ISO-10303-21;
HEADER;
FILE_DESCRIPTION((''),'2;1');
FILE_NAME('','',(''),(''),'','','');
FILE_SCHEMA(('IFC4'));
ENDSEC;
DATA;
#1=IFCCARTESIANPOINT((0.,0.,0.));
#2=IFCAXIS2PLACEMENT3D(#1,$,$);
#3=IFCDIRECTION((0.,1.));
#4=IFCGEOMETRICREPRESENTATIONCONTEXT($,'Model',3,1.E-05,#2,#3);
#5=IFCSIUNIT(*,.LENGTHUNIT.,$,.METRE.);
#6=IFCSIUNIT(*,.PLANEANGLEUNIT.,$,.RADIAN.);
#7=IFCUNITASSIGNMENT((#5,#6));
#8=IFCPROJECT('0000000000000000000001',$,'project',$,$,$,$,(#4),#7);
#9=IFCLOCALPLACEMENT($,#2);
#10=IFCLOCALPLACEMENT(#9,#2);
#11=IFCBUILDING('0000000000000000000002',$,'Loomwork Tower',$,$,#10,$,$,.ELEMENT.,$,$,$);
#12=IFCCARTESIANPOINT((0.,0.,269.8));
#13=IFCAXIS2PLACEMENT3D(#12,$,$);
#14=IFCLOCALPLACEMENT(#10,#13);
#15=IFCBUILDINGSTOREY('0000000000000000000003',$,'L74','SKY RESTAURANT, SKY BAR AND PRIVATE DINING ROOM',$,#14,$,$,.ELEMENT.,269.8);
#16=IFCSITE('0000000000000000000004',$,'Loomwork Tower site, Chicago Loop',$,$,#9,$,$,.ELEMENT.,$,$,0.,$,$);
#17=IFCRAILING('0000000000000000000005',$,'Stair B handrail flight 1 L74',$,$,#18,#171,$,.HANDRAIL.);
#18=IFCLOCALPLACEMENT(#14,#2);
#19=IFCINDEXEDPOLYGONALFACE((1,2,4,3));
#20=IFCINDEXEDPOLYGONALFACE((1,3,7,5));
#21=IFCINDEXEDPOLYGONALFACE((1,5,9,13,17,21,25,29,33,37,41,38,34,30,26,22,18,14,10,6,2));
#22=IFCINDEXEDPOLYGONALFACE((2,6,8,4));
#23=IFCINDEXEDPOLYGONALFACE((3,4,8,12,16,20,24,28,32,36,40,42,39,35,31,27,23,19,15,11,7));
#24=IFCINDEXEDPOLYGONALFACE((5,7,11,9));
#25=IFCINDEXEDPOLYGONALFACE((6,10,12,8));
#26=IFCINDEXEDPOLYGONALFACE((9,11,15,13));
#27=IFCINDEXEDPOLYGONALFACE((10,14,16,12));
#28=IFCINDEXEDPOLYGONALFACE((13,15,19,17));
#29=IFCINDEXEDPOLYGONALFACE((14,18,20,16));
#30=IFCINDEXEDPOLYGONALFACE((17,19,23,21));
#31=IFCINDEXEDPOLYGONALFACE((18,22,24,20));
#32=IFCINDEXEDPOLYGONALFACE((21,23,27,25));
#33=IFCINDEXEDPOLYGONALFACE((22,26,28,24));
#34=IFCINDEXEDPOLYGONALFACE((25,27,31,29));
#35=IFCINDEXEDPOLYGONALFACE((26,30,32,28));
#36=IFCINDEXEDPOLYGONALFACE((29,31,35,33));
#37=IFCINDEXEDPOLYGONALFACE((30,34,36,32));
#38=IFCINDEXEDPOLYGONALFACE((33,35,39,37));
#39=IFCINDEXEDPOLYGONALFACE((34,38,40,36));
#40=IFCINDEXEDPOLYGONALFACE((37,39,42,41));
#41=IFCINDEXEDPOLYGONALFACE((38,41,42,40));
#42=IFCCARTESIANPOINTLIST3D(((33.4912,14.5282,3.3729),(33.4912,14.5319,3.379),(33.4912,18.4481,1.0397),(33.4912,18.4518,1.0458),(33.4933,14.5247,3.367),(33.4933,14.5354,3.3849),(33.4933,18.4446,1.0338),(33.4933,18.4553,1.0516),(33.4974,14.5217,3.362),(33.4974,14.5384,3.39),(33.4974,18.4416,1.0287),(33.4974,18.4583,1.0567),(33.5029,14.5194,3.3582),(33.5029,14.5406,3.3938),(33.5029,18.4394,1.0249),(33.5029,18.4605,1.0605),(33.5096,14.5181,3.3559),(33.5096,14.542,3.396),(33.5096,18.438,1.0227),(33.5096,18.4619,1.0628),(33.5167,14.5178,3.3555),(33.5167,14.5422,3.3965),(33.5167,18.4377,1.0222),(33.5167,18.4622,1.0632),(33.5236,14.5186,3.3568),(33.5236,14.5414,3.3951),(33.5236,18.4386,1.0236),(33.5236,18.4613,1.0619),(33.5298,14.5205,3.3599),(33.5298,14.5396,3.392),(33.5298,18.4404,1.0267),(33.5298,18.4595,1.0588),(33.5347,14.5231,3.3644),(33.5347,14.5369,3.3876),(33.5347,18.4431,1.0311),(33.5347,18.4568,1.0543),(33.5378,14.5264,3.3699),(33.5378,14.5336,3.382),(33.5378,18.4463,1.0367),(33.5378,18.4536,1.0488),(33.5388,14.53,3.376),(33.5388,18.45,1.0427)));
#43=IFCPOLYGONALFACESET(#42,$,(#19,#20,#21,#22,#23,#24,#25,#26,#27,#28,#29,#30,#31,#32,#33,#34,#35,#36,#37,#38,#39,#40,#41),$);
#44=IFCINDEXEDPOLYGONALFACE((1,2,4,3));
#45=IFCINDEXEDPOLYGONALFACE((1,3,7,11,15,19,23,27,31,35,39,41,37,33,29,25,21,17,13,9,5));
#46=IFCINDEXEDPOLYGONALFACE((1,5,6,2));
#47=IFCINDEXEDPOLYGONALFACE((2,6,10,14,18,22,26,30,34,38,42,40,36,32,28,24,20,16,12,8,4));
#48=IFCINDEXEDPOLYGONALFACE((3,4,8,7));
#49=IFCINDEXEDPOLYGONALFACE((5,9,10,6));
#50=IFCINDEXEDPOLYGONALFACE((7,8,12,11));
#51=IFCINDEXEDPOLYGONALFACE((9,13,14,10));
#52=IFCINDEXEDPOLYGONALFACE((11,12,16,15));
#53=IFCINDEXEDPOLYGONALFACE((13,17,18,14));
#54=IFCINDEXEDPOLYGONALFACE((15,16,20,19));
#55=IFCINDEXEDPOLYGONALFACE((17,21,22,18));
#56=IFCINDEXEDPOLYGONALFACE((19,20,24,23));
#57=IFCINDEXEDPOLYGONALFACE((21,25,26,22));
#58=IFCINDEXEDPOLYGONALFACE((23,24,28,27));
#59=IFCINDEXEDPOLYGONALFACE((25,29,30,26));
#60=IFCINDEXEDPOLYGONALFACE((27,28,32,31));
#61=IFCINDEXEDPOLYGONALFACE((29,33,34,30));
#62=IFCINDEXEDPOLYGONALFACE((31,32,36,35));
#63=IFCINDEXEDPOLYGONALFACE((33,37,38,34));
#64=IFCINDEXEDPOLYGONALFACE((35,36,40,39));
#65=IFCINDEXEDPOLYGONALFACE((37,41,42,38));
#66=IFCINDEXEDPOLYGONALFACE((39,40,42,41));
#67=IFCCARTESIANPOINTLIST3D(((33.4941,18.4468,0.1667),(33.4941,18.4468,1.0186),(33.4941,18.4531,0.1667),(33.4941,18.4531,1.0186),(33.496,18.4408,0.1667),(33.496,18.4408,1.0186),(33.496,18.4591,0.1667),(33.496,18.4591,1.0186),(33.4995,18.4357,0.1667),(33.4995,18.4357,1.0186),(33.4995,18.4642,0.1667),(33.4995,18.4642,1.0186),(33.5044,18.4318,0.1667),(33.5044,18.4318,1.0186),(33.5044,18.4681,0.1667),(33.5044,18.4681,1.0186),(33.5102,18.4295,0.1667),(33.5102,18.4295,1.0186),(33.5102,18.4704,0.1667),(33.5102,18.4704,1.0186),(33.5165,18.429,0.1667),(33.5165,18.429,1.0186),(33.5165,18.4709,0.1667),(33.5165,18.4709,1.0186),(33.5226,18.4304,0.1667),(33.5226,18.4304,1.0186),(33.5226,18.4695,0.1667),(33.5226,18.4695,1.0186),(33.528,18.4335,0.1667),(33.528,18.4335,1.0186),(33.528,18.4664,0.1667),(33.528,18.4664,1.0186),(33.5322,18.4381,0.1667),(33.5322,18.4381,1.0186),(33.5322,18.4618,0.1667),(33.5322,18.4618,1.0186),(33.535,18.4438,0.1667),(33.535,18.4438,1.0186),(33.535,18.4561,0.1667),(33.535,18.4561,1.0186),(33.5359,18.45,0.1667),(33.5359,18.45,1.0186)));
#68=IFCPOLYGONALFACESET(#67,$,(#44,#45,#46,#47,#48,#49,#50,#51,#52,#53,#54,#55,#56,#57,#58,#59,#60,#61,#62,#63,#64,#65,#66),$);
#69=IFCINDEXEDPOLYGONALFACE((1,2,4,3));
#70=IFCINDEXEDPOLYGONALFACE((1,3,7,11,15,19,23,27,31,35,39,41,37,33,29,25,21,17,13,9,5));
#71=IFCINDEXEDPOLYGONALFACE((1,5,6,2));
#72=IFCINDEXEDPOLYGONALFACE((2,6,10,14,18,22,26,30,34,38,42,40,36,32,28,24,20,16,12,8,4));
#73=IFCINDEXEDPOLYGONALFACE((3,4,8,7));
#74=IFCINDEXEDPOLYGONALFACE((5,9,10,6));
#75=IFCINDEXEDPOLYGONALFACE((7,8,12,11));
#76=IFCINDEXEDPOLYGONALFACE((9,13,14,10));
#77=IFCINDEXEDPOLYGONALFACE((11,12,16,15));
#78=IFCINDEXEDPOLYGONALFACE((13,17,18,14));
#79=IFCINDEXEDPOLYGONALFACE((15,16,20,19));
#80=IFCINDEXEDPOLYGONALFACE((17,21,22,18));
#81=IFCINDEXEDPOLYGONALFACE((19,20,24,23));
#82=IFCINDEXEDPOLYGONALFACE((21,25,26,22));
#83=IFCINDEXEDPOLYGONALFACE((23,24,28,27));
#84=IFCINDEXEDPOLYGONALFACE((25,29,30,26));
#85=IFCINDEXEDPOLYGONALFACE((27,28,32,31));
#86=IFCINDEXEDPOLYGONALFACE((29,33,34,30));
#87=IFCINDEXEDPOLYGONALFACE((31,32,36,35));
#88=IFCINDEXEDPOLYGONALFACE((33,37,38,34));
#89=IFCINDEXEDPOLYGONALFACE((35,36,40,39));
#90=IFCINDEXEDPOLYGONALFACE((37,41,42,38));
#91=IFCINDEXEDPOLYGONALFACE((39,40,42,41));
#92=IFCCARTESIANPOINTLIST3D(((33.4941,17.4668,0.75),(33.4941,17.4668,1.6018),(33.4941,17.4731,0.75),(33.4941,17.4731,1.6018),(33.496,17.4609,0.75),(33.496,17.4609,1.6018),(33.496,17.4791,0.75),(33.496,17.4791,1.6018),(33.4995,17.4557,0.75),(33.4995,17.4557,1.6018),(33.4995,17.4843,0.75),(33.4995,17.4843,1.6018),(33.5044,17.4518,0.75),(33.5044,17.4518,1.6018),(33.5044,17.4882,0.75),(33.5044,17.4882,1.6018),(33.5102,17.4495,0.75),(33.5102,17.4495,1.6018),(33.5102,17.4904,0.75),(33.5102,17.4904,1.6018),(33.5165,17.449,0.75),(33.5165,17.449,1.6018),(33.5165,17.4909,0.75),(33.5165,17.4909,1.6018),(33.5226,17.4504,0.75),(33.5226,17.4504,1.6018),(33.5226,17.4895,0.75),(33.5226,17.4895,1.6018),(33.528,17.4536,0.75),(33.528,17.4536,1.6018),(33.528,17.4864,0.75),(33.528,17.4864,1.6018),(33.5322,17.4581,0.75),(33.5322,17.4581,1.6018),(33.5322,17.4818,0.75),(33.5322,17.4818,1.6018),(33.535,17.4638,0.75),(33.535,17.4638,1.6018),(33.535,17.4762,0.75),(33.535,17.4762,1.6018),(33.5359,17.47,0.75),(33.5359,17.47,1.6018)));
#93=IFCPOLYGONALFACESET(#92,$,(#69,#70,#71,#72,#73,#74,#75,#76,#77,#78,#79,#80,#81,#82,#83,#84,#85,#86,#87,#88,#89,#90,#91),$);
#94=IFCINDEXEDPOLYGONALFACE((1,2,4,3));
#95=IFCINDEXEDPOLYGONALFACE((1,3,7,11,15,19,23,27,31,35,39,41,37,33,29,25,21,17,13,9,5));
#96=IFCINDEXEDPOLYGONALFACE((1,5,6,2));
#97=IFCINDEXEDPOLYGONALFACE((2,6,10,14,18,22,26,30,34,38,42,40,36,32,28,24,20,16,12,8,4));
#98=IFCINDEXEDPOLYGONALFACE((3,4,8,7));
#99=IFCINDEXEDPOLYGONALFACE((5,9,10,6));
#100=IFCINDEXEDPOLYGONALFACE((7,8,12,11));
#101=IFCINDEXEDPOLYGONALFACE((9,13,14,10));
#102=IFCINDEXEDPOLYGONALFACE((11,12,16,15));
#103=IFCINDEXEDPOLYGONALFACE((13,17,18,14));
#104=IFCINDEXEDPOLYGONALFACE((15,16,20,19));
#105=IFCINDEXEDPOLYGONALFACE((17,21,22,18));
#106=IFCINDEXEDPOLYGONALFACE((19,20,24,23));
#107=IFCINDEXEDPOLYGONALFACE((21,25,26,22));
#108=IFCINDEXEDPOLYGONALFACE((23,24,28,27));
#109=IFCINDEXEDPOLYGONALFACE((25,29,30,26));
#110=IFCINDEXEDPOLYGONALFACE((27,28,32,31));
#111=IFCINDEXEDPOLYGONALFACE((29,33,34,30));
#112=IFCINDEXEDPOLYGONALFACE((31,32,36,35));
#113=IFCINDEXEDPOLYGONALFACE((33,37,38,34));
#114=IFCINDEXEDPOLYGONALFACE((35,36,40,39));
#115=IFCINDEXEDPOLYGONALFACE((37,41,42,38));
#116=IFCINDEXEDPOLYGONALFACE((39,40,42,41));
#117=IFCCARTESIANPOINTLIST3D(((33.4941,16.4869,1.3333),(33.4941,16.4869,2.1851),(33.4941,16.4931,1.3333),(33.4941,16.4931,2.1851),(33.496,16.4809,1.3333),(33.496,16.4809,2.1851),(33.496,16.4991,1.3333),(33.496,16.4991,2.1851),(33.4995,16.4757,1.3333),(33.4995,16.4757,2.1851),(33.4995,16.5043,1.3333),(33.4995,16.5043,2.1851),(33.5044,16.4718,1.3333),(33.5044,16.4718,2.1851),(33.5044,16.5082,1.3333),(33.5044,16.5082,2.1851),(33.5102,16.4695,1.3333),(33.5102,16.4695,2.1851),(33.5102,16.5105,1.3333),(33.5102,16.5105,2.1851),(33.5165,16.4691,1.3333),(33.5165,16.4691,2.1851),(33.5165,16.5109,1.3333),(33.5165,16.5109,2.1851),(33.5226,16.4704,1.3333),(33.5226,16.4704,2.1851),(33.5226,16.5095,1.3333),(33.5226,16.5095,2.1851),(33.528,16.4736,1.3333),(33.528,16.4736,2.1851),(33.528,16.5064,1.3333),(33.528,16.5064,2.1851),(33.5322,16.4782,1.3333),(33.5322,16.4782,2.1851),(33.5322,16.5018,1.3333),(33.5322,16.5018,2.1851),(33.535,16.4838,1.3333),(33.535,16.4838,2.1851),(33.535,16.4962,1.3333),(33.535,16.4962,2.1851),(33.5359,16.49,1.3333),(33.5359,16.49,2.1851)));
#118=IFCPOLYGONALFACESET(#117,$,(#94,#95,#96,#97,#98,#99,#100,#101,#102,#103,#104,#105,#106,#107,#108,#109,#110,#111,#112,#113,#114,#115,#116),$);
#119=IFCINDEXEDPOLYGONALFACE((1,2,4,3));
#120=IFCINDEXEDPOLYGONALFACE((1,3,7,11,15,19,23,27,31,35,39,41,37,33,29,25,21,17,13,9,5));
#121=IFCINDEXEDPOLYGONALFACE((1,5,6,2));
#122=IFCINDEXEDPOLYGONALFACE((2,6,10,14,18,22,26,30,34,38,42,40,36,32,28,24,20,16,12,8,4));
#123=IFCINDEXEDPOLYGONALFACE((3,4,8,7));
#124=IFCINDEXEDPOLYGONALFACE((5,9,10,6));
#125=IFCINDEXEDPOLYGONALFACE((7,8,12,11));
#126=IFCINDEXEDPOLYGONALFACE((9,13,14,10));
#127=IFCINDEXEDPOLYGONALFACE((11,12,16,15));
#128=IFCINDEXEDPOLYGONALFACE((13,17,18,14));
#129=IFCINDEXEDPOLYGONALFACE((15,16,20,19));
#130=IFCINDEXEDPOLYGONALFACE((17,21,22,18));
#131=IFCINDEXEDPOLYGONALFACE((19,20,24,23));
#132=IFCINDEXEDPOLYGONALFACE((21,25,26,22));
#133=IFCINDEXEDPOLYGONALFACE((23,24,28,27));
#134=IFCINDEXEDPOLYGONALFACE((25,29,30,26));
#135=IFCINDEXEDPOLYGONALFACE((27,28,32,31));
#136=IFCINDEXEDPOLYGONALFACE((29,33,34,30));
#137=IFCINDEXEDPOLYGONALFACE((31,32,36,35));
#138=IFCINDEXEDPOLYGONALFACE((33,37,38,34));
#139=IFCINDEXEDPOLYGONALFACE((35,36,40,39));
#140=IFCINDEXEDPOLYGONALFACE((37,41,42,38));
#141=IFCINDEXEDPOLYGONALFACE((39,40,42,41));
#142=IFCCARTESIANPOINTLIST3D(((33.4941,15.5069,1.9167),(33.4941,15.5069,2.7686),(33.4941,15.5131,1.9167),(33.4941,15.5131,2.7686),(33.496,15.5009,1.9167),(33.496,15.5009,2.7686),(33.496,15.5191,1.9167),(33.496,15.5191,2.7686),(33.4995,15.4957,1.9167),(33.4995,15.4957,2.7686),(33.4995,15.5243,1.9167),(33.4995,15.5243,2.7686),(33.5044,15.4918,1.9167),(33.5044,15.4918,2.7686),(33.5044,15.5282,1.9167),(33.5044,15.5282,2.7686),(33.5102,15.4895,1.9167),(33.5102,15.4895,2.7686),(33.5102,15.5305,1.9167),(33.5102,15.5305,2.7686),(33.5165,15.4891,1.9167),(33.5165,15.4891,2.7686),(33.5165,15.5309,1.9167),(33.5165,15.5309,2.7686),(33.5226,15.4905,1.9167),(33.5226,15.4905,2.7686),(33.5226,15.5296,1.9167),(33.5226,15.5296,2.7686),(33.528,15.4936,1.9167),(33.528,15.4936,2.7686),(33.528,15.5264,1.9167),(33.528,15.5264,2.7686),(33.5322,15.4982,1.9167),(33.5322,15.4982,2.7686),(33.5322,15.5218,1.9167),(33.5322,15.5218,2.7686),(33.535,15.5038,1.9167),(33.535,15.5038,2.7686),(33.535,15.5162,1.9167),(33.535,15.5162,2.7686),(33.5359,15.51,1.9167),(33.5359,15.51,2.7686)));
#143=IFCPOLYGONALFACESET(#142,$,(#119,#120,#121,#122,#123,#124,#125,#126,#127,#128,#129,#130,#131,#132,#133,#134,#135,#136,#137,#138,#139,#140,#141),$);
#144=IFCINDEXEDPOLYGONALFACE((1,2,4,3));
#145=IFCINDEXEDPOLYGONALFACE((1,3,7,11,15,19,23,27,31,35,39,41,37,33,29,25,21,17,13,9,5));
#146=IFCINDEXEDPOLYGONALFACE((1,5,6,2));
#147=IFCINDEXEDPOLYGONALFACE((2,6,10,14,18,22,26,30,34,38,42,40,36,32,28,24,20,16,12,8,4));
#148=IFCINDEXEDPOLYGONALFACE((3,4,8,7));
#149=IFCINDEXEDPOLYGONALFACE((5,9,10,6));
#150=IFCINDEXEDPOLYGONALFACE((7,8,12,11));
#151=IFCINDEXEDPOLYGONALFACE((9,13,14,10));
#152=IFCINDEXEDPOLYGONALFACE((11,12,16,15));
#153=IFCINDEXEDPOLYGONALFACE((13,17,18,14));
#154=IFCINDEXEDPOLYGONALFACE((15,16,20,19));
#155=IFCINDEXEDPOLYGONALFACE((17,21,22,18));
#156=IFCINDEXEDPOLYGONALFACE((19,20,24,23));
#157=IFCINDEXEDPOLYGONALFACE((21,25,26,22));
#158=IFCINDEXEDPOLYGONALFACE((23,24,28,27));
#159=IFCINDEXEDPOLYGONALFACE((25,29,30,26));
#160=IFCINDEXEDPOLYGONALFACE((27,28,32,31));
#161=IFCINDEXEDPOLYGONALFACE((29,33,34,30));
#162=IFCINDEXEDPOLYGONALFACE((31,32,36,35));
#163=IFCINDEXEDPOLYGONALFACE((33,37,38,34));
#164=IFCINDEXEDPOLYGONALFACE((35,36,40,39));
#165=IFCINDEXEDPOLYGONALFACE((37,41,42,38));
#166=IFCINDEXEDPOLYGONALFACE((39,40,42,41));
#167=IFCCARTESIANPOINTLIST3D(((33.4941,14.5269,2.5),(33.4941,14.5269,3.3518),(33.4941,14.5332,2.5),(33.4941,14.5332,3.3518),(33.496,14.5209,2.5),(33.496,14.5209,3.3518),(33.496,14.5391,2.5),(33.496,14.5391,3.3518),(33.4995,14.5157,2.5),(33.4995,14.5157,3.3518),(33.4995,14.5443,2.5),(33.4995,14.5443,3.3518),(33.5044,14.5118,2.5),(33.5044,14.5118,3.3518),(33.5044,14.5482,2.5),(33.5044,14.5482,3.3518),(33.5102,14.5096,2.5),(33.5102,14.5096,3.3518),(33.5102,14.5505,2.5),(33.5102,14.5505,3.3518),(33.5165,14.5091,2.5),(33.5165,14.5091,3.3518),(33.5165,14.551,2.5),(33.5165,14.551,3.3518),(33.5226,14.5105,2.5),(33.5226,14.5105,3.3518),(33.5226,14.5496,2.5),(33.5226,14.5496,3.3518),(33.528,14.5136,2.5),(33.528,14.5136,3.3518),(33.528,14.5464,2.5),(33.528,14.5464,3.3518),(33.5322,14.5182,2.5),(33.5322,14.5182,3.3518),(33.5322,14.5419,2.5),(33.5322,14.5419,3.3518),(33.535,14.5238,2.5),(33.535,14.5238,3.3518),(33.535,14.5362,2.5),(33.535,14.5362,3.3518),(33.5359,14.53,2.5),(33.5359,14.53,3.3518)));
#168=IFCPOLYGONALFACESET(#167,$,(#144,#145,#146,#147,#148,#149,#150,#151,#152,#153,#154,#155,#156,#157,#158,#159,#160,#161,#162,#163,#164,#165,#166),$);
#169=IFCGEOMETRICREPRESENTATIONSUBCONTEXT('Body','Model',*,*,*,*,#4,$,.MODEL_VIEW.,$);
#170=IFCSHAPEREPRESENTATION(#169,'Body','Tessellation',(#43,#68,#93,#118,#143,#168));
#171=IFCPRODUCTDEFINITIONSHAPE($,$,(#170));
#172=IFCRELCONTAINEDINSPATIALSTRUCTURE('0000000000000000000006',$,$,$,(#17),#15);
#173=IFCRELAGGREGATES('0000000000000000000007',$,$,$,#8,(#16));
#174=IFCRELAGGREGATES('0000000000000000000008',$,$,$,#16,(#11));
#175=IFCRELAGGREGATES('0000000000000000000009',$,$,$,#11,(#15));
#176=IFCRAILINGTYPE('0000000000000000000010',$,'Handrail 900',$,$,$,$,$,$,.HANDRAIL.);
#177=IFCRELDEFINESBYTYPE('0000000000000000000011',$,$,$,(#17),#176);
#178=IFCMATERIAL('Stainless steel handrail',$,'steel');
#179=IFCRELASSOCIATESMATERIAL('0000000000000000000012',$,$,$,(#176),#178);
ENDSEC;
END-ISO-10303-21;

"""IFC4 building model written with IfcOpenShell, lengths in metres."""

from ifc_helpers import new_model, si_unit, direction, frame, origin, origin_2d, place, context, subcontext, project, spatial, circle, extrude, material, type_object, element, save


model = new_model("IFC4")

# Units and contexts
model_context = context("Model", 3, precision=1e-05, world=origin(), true_north=direction((0.0, 1.0)))
body_context = subcontext(model_context, "Body", "Model", "MODEL_VIEW")
ifc_project = project(units=[si_unit("LENGTHUNIT", "METRE"), si_unit("PLANEANGLEUNIT", "RADIAN")], contexts=[model_context])

# Site, building, storey
site_placement = place(None, origin())
site = spatial("IfcSite", under=ifc_project, at=site_placement, Name="Loomwork Tower site, Chicago Loop", CompositionType="ELEMENT", RefElevation=0.0)
building_placement = place(site_placement, origin())
building = spatial("IfcBuilding", under=site, at=building_placement, Name="Loomwork Tower", CompositionType="ELEMENT")
storey_placement = place(building_placement, frame((0.0, 0.0, 269.8)))
storey = spatial("IfcBuildingStorey", under=building, at=storey_placement, Name="L74", Description="SKY RESTAURANT, SKY BAR AND PRIVATE DINING ROOM", CompositionType="ELEMENT", Elevation=269.8)

# Railing
ifc_material_1 = material(Name="Stainless steel handrail", Category="steel")
railing_type = type_object("IfcRailingType", Name="Handrail 900", PredefinedType="HANDRAIL", material=ifc_material_1)
railing_1_placement = place(storey_placement, frame((33.5149, 18.45, 0.1667)))
element("IfcRailing", 1, at=railing_1_placement, inside=storey, type_object=railing_type, Name="Stair B handrail flight 1 L74", PredefinedType="HANDRAIL", context=body_context, shape_type="SweptSolid", body=[
    extrude(circle(Radius=0.0239, at=origin_2d()), frame((0.0, 0.0, 0.876), z_axis=(0.0, -0.859296, 0.511478), x_axis=(1.0, 0.0, 0.0)), (0.0, 0.0, 1.0), 4.5618),
    extrude(circle(Radius=0.021, at=origin_2d()), origin(), (0.0, 0.0, 1.0), 0.8518),
    extrude(circle(Radius=0.021, at=origin_2d()), frame((0.0, -0.98, 0.5833)), (0.0, 0.0, 1.0), 0.8518),
    extrude(circle(Radius=0.021, at=origin_2d()), frame((0.0, -1.96, 1.1665)), (0.0, 0.0, 1.0), 0.8518),
    extrude(circle(Radius=0.021, at=origin_2d()), frame((0.0, -2.9399, 1.75)), (0.0, 0.0, 1.0), 0.8518),
    extrude(circle(Radius=0.021, at=origin_2d()), frame((0.0, -3.9199, 2.3333)), (0.0, 0.0, 1.0), 0.8518),
])

save(model, "model.ifc")
